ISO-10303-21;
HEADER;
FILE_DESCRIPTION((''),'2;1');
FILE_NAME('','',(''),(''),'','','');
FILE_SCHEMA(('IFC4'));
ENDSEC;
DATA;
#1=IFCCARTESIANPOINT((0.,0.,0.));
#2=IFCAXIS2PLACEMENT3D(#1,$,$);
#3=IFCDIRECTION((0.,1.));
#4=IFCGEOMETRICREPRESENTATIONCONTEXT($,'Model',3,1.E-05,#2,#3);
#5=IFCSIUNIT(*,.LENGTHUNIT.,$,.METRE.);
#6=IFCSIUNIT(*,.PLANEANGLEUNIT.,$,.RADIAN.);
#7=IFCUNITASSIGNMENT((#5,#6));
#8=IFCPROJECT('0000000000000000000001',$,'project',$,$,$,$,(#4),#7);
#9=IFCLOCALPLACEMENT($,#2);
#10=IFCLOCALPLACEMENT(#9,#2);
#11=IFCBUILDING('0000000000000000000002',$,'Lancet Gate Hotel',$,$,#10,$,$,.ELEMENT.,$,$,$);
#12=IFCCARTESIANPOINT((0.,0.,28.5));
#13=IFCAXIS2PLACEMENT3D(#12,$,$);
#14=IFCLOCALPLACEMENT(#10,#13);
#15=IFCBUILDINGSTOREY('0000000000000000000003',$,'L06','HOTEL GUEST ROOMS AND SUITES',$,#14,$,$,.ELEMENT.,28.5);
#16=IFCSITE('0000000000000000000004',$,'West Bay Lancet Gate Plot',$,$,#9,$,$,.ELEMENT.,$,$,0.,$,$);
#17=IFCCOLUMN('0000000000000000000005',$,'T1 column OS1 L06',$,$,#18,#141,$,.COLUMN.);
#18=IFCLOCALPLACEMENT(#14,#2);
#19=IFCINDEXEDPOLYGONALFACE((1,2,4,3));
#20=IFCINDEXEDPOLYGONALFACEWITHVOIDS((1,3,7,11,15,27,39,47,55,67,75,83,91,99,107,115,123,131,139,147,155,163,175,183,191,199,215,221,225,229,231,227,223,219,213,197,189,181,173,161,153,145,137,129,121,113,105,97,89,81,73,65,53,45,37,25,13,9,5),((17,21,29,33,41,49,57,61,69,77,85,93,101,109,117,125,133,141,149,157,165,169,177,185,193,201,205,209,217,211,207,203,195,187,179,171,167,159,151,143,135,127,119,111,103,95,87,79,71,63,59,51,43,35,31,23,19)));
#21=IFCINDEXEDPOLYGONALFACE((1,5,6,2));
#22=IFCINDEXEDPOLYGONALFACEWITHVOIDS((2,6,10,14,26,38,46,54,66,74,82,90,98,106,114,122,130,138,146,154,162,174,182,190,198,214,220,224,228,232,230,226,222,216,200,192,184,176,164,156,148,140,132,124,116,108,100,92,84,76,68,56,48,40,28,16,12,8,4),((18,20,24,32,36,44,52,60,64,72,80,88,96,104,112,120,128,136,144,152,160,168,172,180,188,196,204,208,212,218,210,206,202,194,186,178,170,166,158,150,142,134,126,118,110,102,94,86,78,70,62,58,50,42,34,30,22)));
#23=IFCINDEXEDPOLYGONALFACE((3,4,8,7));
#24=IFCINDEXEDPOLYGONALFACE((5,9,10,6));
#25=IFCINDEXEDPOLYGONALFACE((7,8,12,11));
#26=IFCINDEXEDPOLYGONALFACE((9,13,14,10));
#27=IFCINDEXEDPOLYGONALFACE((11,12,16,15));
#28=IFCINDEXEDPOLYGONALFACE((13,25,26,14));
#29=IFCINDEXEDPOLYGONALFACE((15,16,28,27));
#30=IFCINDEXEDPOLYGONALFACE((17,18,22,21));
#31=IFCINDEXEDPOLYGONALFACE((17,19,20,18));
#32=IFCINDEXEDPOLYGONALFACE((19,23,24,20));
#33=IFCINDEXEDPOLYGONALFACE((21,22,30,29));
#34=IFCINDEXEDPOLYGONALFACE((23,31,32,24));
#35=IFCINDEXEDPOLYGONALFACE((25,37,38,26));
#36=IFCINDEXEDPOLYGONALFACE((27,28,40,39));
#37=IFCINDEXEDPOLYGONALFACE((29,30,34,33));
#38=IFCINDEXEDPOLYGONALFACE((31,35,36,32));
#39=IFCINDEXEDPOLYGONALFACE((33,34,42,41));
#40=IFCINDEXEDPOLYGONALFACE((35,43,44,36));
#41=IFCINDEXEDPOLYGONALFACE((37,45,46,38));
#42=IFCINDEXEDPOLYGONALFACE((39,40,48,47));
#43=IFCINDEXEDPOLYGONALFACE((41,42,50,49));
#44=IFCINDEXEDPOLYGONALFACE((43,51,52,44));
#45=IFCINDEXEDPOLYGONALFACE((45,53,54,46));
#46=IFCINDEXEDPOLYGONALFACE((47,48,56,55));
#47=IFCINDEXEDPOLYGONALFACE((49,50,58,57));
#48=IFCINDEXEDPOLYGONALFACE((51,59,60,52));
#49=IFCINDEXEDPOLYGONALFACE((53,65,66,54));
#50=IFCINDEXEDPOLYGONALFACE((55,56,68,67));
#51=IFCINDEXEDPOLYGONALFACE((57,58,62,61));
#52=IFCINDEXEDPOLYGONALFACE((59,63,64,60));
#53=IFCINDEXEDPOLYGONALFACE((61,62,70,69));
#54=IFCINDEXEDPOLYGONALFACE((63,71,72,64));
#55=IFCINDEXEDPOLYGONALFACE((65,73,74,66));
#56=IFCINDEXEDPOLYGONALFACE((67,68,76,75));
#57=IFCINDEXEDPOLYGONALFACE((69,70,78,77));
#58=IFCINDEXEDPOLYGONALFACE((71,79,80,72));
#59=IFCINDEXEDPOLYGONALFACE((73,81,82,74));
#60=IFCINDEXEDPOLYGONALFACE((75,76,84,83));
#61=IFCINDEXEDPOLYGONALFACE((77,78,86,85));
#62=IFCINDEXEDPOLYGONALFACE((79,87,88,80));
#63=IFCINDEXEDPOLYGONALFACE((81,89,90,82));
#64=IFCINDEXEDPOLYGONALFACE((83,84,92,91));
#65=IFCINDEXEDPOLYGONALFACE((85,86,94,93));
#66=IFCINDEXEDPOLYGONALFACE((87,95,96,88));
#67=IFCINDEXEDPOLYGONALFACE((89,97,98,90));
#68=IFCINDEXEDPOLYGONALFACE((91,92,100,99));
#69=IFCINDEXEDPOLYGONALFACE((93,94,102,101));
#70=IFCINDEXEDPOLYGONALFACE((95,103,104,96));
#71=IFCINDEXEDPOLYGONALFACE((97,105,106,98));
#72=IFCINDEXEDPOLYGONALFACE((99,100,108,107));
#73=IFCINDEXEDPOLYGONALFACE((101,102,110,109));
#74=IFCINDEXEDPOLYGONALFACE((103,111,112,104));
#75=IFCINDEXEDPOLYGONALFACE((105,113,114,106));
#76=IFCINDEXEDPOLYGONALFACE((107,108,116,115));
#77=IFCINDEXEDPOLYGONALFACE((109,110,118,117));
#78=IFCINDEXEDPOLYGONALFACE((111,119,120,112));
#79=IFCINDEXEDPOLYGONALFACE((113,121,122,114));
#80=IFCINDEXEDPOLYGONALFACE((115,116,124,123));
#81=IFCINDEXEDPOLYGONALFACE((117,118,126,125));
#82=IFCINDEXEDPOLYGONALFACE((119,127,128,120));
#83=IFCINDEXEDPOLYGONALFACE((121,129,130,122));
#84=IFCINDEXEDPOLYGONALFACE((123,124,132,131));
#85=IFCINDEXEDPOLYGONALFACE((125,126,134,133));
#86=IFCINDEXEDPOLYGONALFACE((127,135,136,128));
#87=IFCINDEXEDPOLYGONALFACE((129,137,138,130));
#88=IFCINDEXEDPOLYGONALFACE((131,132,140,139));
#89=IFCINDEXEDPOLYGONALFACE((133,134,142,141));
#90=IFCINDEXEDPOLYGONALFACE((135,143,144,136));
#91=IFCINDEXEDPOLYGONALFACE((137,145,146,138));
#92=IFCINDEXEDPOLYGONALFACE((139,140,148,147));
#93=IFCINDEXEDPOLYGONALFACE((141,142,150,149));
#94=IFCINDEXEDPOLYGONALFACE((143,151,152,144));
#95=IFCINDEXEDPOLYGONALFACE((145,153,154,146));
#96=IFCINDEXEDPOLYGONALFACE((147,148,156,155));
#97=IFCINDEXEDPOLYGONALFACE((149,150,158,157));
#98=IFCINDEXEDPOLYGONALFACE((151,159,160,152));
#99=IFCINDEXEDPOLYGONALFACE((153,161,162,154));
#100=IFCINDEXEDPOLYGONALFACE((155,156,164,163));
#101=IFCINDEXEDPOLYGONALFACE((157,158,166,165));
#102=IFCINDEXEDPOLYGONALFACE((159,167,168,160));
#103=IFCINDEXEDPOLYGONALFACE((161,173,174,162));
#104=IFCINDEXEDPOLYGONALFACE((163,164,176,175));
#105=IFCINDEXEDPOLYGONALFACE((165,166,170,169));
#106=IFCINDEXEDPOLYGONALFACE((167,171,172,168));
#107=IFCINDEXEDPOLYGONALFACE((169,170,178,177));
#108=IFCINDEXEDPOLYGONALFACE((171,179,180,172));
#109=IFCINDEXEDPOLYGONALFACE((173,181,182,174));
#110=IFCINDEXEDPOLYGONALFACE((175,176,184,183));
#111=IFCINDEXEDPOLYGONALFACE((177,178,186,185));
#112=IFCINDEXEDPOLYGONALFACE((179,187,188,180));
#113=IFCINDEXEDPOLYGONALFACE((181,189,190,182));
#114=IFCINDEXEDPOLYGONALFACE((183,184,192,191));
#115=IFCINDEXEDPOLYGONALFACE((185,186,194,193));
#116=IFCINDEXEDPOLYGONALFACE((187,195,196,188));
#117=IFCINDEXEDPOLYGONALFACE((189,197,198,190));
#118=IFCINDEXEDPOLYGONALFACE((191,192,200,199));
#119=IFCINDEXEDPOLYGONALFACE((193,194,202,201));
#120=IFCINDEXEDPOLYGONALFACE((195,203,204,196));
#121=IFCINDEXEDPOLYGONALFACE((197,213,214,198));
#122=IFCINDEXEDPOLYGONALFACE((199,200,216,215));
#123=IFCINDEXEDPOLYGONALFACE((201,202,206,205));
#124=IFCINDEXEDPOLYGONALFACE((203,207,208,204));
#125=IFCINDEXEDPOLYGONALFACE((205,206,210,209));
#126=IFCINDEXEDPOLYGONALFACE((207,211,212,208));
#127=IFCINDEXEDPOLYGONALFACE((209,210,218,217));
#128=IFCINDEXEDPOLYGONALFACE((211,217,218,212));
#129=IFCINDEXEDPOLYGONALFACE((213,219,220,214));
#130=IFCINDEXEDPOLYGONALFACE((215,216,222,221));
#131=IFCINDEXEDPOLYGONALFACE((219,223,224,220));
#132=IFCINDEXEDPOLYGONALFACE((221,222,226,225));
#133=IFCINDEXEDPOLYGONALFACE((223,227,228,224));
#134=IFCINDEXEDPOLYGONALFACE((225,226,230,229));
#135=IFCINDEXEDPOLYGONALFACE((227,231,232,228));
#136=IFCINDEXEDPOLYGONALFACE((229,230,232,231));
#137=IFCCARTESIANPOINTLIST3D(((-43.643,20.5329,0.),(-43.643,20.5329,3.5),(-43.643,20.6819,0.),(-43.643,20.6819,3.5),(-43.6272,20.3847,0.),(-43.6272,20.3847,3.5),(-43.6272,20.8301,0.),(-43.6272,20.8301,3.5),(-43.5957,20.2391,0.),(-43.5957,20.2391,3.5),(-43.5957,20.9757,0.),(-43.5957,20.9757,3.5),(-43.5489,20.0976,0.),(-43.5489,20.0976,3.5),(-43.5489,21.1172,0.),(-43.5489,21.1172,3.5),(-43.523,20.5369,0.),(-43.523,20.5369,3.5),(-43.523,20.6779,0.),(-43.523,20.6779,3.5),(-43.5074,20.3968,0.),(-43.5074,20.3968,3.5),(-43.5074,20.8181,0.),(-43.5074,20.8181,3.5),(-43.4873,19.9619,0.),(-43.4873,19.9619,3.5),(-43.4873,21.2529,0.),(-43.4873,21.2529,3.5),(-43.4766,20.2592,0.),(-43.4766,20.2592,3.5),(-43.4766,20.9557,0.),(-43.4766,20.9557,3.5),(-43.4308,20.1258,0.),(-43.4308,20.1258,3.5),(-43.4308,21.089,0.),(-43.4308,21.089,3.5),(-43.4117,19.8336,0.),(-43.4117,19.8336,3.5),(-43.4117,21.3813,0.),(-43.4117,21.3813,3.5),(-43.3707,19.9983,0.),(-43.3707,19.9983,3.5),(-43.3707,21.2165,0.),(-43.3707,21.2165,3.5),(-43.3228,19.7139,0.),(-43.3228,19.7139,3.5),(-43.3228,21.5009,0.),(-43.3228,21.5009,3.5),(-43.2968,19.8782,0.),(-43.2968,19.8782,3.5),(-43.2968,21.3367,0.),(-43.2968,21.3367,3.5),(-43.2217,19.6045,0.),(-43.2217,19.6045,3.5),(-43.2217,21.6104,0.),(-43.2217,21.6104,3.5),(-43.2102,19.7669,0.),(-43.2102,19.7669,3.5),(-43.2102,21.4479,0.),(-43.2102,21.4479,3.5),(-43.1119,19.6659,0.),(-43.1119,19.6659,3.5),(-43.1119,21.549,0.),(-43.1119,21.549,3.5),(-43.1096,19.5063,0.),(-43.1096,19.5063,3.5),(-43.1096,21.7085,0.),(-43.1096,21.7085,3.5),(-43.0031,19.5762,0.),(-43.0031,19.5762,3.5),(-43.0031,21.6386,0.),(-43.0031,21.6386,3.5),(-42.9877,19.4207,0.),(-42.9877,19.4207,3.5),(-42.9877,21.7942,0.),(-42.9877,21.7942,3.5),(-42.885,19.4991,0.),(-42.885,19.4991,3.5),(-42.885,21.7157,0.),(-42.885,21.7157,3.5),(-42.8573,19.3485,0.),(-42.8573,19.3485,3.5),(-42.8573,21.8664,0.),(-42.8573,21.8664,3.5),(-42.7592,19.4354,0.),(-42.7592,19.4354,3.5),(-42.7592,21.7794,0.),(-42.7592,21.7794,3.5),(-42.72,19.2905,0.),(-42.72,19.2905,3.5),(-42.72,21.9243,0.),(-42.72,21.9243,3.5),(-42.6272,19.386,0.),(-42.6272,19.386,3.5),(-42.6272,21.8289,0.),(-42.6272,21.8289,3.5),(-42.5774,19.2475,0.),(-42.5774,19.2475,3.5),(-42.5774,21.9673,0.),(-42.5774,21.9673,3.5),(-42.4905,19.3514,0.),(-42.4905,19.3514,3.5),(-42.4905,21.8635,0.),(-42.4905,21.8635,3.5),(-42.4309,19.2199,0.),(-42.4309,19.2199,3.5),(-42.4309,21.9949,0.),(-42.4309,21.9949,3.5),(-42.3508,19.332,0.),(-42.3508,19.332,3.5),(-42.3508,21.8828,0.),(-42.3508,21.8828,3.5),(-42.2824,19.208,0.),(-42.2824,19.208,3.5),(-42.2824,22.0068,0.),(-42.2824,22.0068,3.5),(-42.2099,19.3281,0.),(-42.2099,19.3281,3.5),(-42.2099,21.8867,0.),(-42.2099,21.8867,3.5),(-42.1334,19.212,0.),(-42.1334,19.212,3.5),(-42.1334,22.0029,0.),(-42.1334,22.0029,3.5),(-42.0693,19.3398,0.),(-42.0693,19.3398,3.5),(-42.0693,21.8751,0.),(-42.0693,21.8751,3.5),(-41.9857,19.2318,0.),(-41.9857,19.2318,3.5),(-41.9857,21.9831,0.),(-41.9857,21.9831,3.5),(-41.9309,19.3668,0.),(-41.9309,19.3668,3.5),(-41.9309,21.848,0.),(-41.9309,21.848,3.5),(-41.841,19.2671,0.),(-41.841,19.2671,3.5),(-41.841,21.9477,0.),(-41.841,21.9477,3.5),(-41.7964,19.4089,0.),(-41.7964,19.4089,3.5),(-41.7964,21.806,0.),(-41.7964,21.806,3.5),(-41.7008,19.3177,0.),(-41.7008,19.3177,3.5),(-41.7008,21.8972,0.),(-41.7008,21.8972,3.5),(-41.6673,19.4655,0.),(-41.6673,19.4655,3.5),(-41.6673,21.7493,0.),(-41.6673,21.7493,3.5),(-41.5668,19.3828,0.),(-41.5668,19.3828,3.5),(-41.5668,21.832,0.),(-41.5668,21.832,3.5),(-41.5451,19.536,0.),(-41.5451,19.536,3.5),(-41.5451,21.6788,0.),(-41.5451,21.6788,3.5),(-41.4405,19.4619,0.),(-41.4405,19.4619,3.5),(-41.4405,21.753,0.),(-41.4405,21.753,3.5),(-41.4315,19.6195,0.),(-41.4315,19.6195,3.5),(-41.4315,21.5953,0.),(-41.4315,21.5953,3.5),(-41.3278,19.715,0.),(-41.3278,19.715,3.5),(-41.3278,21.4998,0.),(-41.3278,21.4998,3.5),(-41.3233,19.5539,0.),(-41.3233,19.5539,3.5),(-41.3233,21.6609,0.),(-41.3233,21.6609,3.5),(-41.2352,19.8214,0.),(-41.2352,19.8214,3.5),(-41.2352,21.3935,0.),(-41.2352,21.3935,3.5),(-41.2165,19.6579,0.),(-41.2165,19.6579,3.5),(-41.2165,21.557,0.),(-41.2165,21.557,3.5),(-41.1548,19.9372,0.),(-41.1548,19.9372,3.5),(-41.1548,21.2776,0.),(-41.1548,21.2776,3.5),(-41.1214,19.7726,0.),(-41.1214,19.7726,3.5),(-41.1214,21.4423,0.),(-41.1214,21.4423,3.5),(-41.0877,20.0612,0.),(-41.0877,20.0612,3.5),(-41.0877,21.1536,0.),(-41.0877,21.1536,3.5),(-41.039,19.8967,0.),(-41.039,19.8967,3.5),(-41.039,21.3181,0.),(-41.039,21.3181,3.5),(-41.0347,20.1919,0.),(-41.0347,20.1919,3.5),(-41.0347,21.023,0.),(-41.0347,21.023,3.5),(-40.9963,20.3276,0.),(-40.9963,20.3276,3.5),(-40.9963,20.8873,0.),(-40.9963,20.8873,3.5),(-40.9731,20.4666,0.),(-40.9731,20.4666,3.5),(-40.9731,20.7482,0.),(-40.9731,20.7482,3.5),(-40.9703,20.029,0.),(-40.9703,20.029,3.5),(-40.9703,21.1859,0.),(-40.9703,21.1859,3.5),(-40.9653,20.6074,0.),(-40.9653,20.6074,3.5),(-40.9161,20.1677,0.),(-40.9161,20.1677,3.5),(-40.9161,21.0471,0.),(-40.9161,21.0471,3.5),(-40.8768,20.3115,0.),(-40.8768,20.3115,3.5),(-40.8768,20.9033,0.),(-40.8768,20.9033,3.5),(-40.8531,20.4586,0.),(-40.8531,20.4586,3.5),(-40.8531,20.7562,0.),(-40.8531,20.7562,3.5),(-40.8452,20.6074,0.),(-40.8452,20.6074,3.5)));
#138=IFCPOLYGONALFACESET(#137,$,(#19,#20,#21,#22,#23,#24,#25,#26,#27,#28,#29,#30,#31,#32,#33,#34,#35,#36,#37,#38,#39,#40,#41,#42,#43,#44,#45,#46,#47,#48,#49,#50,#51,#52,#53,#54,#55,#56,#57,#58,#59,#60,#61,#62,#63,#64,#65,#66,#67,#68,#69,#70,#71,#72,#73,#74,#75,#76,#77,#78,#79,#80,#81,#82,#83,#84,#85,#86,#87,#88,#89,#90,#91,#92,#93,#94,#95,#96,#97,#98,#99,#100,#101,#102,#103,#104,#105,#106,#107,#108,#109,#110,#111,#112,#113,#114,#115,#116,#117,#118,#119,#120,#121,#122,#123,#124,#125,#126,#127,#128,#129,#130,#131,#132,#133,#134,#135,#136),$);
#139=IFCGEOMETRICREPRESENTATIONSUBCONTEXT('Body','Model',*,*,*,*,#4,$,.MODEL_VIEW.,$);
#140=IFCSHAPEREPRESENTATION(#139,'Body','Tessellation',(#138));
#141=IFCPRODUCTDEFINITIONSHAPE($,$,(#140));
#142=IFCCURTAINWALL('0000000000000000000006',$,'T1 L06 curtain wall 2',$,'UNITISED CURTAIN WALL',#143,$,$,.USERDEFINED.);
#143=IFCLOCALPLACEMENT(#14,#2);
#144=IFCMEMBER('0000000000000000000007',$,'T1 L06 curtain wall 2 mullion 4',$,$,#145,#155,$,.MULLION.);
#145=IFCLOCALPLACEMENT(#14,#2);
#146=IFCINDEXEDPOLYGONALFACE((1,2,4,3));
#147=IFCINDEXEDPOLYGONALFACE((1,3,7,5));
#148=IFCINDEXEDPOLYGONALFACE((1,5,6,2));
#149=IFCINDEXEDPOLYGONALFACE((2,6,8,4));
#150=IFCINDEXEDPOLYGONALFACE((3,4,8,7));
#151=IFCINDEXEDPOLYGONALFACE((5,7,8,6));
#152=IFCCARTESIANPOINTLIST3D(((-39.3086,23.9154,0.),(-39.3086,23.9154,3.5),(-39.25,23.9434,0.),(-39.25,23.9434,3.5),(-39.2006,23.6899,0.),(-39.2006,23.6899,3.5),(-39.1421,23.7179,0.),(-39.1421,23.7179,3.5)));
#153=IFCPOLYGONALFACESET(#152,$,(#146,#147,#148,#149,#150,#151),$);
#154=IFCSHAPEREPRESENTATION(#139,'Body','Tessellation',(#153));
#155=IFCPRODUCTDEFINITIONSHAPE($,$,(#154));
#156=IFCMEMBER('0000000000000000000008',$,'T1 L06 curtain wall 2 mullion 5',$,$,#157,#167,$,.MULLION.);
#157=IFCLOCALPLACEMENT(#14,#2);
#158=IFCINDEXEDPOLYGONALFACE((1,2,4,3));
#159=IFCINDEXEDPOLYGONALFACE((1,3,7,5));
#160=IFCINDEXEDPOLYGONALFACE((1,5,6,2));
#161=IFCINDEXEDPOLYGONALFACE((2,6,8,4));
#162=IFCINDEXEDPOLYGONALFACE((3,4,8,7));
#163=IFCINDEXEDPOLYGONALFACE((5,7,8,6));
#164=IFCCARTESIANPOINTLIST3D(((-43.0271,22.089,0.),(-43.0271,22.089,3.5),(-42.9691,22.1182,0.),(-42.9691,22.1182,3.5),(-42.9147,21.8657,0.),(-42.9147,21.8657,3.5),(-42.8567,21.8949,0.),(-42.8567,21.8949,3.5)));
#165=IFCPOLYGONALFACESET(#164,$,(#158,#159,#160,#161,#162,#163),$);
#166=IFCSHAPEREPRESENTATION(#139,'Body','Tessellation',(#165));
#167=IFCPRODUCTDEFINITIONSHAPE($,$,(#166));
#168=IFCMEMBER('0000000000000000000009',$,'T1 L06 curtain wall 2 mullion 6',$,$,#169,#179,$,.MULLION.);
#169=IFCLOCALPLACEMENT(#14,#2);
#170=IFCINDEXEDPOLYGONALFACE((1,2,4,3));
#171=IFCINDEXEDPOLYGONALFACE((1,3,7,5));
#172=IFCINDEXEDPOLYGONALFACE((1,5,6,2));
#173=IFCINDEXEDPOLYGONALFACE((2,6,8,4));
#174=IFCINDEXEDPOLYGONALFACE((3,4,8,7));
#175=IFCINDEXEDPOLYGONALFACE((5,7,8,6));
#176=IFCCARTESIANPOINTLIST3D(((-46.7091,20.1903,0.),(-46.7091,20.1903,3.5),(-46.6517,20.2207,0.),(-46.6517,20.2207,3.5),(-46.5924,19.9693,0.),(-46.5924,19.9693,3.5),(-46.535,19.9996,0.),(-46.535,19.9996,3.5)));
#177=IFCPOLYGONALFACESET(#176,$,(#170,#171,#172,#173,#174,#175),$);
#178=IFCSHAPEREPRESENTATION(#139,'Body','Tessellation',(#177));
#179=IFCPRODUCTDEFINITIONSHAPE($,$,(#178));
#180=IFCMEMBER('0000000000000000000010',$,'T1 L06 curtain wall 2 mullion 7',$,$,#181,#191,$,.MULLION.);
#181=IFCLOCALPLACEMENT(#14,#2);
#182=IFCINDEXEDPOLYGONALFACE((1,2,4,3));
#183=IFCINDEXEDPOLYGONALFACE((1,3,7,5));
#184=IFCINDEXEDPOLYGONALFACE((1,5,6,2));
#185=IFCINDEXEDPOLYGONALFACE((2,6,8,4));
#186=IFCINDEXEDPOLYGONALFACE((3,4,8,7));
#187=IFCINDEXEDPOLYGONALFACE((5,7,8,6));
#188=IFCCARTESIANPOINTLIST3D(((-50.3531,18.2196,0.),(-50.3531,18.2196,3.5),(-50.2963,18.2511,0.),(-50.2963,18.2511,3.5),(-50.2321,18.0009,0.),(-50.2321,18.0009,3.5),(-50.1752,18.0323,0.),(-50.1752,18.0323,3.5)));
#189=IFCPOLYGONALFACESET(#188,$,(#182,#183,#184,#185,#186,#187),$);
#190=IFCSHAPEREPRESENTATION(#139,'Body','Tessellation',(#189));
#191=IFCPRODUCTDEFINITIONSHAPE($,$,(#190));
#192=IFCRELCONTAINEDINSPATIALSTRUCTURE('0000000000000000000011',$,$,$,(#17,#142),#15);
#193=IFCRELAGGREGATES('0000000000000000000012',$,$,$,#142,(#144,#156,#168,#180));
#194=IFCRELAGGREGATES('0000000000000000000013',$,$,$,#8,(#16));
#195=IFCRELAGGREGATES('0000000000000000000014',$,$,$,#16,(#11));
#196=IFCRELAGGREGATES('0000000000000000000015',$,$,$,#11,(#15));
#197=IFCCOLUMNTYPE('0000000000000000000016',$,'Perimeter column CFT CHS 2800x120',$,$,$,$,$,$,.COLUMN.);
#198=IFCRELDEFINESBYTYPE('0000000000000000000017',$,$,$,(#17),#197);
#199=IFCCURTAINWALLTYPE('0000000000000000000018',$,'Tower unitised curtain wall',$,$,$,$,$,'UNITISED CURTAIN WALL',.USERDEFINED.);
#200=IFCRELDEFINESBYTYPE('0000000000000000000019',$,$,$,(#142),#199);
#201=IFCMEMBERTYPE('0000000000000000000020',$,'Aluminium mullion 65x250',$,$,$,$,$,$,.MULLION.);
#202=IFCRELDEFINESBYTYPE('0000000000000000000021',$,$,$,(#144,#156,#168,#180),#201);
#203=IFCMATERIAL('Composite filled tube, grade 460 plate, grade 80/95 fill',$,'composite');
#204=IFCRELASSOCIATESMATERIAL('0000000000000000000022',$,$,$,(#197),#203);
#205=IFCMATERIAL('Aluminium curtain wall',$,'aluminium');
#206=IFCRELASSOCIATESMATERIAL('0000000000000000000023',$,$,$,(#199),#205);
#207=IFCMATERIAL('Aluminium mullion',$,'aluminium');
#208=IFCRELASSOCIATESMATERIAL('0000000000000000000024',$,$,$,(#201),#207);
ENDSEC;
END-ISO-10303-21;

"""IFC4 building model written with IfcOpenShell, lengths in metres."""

from ifc_helpers import new_model, si_unit, direction, frame, origin, origin_2d, place, context, subcontext, project, spatial, rectangle, hollow_circle, extrude, material, material_profile, profile_set, type_object, element, aggregate, save


model = new_model("IFC4")

# Units and contexts
model_context = context("Model", 3, precision=1e-05, world=origin(), true_north=direction((0.0, 1.0)))
body_context = subcontext(model_context, "Body", "Model", "MODEL_VIEW")
ifc_project = project(units=[si_unit("LENGTHUNIT", "METRE"), si_unit("PLANEANGLEUNIT", "RADIAN")], contexts=[model_context])

# Site, building, storey
site_placement = place(None, origin())
site = spatial("IfcSite", under=ifc_project, at=site_placement, Name="West Bay Lancet Gate Plot", CompositionType="ELEMENT", RefElevation=0.0)
building_placement = place(site_placement, origin())
building = spatial("IfcBuilding", under=site, at=building_placement, Name="Lancet Gate Hotel", CompositionType="ELEMENT")
storey_placement = place(building_placement, frame((0.0, 0.0, 28.5)))
storey = spatial("IfcBuildingStorey", under=building, at=storey_placement, Name="L06", Description="HOTEL GUEST ROOMS AND SUITES", CompositionType="ELEMENT", Elevation=28.5)

# Column
ifc_material_1 = material(Name="Composite filled tube, grade 460 plate, grade 80/95 fill", Category="composite")
ifc_material_profile_1 = material_profile(ifc_material_1, hollow_circle(Radius=1.3999, WallThickness=0.1201, at=origin_2d()), Name="CHS 2800x120")
ifc_profile_set_1 = profile_set([ifc_material_profile_1], Name="Composite filled tube, grade 460 plate, grade 80/95 fill")
column_type = type_object("IfcColumnType", Name="Perimeter column CFT CHS 2800x120", PredefinedType="COLUMN", material=ifc_profile_set_1)
column_placement = place(storey_placement, frame((-42.2451, 20.6074, 0.0), z_axis=(0.0, 0.0, 1.0), x_axis=(1.0, 0.0, 0.0)))
element("IfcColumn", 1, at=column_placement, inside=storey, type_object=column_type, Name="T1 column OS1 L06", PredefinedType="COLUMN", context=body_context, shape_type="SweptSolid", body=[
    extrude(hollow_circle(Radius=1.3999, WallThickness=0.1201, at=origin_2d()), origin(), (0.0, 0.0, 1.0), 3.5),
])

# Curtain wall, members
ifc_material_2 = material(Name="Aluminium curtain wall", Category="aluminium")
curtain_wall_type = type_object("IfcCurtainWallType", Name="Tower unitised curtain wall", ElementType="UNITISED CURTAIN WALL", PredefinedType="USERDEFINED", material=ifc_material_2)
curtain_wall_placement = place(storey_placement, origin())
curtain_wall = element("IfcCurtainWall", 2, at=curtain_wall_placement, inside=storey, type_object=curtain_wall_type, Name="T1 L06 curtain wall 2", ObjectType="UNITISED CURTAIN WALL", PredefinedType="USERDEFINED")
ifc_material_3 = material(Name="Aluminium mullion", Category="aluminium")
ifc_material_profile_2 = material_profile(ifc_material_3, rectangle(XDim=0.0649, YDim=0.25, at=origin_2d()), Name="MULLION 65x250")
ifc_profile_set_2 = profile_set([ifc_material_profile_2], Name="Aluminium mullion")
member_type_1 = type_object("IfcMemberType", Name="Aluminium mullion 65x250", PredefinedType="MULLION", material=ifc_profile_set_2)
member_1_placement = place(storey_placement, frame((-39.2253, 23.8167, 0.0), z_axis=(0.0, 0.0, 1.0), x_axis=(-0.901929, -0.431885, 0.0)))
member_1 = element("IfcMember", 3, at=member_1_placement, type_object=member_type_1, Name="T1 L06 curtain wall 2 mullion 4", PredefinedType="MULLION", context=body_context, shape_type="SweptSolid", body=[
    extrude(rectangle(XDim=0.0649, YDim=0.25, at=origin_2d()), origin(), (0.0, 0.0, 1.0), 3.5),
])
member_2_placement = place(storey_placement, frame((-42.9419, 21.9919, 0.0), z_axis=(0.0, 0.0, 1.0), x_axis=(-0.893292, -0.449478, 0.0)))
member_2 = element("IfcMember", 4, at=member_2_placement, type_object=member_type_1, Name="T1 L06 curtain wall 2 mullion 5", PredefinedType="MULLION", context=body_context, shape_type="SweptSolid", body=[
    extrude(rectangle(XDim=0.0649, YDim=0.25, at=origin_2d()), origin(), (0.0, 0.0, 1.0), 3.5),
])
member_3_placement = place(storey_placement, frame((-46.6221, 20.095, 0.0), z_axis=(0.0, 0.0, 1.0), x_axis=(-0.884311, -0.466898, 0.0)))
member_3 = element("IfcMember", 5, at=member_3_placement, type_object=member_type_1, Name="T1 L06 curtain wall 2 mullion 6", PredefinedType="MULLION", context=body_context, shape_type="SweptSolid", body=[
    extrude(rectangle(XDim=0.0649, YDim=0.25, at=origin_2d()), origin(), (0.0, 0.0, 1.0), 3.5),
])
member_4_placement = place(storey_placement, frame((-50.2642, 18.126, 0.0), z_axis=(0.0, 0.0, 1.0), x_axis=(-0.874991, -0.484139, 0.0)))
member_4 = element("IfcMember", 6, at=member_4_placement, type_object=member_type_1, Name="T1 L06 curtain wall 2 mullion 7", PredefinedType="MULLION", context=body_context, shape_type="SweptSolid", body=[
    extrude(rectangle(XDim=0.0649, YDim=0.25, at=origin_2d()), origin(), (0.0, 0.0, 1.0), 3.5),
])

aggregate(curtain_wall, [member_1, member_2, member_3, member_4])

save(model, "model.ifc")
